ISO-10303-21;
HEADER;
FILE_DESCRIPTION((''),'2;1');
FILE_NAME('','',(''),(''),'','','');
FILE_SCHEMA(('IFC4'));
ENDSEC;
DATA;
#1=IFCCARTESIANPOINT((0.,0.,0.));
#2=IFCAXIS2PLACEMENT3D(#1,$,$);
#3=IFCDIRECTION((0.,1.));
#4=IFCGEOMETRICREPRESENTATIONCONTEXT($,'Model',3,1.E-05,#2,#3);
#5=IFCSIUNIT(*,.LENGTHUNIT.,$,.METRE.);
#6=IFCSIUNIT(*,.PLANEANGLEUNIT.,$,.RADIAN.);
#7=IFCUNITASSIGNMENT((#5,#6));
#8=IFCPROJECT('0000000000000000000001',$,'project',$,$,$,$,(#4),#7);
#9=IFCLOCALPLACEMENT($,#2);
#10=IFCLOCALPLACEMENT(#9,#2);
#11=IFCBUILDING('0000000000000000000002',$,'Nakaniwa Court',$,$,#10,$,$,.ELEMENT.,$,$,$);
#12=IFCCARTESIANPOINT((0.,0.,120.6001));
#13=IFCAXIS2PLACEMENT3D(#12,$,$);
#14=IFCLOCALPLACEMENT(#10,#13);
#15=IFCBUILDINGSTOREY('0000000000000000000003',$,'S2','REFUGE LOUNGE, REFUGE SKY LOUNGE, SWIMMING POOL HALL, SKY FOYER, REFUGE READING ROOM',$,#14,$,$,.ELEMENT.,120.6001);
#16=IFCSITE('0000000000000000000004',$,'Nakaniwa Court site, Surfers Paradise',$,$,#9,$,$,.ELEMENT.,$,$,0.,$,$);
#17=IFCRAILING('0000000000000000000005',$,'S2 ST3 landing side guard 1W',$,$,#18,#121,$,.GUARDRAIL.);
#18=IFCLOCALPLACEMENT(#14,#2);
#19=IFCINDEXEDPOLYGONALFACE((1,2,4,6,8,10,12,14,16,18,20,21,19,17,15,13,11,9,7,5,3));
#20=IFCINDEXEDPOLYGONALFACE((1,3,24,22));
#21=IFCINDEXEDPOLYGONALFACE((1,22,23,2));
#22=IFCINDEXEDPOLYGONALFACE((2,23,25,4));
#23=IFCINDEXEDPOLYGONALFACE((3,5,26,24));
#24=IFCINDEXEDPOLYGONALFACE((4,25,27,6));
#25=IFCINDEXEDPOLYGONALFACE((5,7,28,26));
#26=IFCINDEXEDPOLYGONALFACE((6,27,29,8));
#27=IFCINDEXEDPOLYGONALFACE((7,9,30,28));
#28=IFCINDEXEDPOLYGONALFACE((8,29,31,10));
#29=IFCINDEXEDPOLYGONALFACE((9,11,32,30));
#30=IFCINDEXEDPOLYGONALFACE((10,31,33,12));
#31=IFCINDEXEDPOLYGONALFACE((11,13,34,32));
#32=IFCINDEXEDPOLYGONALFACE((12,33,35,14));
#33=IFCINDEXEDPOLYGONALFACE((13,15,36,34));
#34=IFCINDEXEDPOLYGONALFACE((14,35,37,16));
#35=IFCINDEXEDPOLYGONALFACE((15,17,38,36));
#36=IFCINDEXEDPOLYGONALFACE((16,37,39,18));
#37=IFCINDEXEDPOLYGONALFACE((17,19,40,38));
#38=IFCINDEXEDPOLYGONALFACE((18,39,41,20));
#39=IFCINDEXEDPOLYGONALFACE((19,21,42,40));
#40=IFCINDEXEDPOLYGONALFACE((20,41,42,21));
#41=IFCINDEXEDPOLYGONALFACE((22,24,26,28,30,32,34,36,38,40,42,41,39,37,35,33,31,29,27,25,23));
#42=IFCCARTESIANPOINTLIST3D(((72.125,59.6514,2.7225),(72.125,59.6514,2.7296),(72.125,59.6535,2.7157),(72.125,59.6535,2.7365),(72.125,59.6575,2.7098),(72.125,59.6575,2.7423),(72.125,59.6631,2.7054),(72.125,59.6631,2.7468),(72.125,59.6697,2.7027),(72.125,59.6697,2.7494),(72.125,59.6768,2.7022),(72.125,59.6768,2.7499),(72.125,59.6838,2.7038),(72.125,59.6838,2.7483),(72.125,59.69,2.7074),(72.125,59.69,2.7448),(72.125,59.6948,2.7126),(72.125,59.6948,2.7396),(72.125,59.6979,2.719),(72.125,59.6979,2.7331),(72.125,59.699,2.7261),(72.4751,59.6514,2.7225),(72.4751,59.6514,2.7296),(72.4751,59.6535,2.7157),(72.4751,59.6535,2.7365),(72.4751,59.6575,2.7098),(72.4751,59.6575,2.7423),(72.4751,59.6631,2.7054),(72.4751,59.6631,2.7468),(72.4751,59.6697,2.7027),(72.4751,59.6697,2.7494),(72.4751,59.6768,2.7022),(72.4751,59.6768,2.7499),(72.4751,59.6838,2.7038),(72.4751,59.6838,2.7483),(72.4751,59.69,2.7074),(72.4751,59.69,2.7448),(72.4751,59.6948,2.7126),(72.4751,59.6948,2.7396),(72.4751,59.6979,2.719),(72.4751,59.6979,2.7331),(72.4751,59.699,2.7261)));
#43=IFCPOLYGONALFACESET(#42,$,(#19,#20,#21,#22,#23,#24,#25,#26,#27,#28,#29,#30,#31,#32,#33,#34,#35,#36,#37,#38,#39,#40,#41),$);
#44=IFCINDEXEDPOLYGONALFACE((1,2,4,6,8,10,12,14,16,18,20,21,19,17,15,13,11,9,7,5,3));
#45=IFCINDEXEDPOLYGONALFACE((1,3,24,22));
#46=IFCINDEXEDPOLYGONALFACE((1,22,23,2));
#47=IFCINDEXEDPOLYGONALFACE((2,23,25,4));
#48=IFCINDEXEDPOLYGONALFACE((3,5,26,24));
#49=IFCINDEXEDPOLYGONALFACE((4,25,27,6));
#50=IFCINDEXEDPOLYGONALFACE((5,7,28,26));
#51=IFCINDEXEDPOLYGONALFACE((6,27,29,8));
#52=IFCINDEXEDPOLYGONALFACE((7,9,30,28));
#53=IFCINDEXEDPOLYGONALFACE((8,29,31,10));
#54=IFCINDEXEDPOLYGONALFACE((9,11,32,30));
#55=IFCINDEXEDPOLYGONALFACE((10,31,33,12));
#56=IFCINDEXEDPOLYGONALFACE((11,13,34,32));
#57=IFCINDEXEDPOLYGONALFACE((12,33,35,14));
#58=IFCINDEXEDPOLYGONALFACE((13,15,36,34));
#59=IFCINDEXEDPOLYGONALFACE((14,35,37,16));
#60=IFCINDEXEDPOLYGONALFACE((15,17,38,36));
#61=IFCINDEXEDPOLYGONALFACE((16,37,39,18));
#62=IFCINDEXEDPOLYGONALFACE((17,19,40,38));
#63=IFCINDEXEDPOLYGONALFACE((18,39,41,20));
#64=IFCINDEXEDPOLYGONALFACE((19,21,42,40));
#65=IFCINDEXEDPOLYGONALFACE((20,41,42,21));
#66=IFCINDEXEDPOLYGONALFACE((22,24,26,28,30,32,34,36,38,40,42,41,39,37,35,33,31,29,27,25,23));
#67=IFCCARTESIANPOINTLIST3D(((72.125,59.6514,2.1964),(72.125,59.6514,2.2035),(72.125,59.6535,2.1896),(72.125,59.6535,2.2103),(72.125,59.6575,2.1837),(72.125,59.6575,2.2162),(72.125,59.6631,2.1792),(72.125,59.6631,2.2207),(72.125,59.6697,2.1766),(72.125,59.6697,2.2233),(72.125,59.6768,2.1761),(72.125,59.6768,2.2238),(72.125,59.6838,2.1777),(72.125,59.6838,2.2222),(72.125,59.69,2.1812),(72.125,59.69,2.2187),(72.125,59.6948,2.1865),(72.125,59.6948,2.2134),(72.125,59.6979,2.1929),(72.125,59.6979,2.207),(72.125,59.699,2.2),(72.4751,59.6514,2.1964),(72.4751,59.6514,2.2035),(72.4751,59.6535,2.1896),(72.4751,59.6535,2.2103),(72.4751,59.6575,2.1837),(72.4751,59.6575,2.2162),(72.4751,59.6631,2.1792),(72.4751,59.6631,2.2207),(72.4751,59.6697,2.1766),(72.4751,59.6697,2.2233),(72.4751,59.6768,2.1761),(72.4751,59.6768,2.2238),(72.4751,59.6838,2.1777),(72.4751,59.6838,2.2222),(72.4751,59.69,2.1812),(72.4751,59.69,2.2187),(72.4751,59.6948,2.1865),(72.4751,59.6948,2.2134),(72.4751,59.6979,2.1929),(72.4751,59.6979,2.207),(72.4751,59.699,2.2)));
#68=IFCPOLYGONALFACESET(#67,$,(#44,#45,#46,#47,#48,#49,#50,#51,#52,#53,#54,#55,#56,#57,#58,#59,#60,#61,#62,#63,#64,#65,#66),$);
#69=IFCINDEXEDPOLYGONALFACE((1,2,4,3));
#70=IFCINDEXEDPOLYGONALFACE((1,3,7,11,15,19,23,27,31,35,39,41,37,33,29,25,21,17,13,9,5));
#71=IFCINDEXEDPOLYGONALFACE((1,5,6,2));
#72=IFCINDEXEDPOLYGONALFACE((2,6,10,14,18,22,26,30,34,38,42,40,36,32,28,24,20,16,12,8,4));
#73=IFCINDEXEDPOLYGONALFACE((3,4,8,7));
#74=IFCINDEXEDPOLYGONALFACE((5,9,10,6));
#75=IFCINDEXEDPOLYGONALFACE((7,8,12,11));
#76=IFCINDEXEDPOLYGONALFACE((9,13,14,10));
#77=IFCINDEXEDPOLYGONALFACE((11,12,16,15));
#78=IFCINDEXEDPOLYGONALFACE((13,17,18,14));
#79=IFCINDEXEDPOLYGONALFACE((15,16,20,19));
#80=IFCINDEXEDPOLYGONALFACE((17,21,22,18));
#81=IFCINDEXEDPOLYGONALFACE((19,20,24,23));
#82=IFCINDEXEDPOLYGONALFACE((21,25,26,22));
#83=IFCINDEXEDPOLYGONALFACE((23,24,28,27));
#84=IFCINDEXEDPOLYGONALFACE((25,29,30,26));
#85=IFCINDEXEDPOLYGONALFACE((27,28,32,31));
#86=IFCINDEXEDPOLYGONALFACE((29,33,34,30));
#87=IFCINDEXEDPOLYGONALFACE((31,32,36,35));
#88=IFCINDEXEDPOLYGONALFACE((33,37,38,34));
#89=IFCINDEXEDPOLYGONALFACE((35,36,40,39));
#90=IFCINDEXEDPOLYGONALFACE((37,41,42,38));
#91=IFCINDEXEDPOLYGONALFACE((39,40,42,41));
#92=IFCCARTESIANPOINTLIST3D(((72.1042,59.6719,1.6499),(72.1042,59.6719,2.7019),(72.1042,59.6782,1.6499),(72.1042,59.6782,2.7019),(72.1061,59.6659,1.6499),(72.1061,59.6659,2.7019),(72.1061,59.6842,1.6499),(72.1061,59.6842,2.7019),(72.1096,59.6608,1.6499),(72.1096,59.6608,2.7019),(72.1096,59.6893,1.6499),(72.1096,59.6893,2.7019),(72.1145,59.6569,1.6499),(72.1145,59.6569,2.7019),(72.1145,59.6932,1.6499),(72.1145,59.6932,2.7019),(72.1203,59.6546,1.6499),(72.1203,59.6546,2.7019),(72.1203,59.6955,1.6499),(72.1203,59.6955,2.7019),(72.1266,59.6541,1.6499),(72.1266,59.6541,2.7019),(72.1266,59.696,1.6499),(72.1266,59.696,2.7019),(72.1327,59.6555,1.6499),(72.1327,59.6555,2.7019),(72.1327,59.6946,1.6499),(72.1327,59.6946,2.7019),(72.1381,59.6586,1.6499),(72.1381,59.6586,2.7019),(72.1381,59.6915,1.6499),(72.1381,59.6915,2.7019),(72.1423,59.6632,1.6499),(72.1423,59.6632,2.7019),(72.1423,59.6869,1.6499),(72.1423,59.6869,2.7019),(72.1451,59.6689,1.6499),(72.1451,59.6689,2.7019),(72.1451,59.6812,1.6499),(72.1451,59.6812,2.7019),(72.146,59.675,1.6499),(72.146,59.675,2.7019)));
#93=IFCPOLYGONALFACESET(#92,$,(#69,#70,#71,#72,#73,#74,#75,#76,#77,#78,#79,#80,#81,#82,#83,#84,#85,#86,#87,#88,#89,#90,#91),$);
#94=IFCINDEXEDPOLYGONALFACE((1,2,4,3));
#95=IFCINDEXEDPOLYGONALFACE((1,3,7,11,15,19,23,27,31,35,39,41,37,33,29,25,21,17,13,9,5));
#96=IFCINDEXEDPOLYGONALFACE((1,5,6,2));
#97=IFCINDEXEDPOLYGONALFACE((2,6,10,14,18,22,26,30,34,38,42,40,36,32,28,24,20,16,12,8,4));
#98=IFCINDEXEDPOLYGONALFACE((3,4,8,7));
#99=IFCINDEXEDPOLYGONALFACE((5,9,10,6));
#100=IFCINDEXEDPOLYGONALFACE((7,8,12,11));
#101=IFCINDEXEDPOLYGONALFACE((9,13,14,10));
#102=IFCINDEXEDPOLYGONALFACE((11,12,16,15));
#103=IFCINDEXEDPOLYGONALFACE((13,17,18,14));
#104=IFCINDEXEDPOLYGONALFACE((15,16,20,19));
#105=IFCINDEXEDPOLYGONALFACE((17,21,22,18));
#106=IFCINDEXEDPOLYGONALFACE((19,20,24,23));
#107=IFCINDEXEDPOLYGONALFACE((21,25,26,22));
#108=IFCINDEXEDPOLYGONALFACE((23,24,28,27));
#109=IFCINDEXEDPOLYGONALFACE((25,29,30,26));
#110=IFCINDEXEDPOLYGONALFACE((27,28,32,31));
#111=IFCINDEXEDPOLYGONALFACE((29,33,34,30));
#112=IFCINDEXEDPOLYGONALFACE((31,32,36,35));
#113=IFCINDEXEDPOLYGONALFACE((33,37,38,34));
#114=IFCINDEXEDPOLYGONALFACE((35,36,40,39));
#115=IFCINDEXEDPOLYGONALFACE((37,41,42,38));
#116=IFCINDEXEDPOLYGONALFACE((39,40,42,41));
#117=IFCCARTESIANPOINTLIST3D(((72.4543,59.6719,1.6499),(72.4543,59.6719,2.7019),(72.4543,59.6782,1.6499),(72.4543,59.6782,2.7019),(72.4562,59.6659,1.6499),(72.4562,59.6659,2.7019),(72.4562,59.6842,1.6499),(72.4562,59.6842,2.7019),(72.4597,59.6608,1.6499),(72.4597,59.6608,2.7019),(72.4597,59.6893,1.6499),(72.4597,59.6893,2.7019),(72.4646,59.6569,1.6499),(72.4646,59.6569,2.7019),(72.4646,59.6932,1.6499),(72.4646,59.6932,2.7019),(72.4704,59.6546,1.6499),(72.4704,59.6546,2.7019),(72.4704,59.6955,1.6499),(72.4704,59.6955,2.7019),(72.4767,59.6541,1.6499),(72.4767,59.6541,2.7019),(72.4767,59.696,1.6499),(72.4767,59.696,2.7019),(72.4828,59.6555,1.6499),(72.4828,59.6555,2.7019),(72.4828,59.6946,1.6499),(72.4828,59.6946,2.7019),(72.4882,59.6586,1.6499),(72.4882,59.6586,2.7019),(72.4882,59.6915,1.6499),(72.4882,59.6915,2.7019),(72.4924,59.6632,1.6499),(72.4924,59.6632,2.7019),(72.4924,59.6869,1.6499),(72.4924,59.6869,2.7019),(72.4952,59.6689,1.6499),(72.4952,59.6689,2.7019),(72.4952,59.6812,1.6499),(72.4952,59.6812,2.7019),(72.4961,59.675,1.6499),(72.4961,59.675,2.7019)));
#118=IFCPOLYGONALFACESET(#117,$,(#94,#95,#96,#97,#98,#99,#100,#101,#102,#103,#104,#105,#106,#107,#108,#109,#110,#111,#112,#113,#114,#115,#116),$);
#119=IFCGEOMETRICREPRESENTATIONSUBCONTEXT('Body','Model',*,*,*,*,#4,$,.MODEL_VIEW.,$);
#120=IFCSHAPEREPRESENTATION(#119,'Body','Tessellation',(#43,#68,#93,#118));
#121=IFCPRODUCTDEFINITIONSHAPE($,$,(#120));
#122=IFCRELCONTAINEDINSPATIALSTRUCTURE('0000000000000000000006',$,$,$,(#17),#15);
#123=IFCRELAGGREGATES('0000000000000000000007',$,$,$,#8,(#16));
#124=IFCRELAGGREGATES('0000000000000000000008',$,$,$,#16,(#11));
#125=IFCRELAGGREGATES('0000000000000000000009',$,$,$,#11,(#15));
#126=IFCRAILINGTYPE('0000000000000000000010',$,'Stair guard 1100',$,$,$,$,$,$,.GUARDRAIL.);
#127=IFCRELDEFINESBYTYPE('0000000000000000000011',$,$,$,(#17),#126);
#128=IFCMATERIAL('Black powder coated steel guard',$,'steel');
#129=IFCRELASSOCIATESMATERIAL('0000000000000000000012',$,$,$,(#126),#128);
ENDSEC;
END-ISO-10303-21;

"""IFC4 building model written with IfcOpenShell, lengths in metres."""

from ifc_helpers import new_model, si_unit, direction, frame, origin, origin_2d, place, context, subcontext, project, spatial, circle, extrude, material, type_object, element, save


model = new_model("IFC4")

# Units and contexts
model_context = context("Model", 3, precision=1e-05, world=origin(), true_north=direction((0.0, 1.0)))
body_context = subcontext(model_context, "Body", "Model", "MODEL_VIEW")
ifc_project = project(units=[si_unit("LENGTHUNIT", "METRE"), si_unit("PLANEANGLEUNIT", "RADIAN")], contexts=[model_context])

# Site, building, storey
site_placement = place(None, origin())
site = spatial("IfcSite", under=ifc_project, at=site_placement, Name="Nakaniwa Court site, Surfers Paradise", CompositionType="ELEMENT", RefElevation=0.0)
building_placement = place(site_placement, origin())
building = spatial("IfcBuilding", under=site, at=building_placement, Name="Nakaniwa Court", CompositionType="ELEMENT")
storey_placement = place(building_placement, frame((0.0, 0.0, 120.6001)))
storey = spatial("IfcBuildingStorey", under=building, at=storey_placement, Name="S2", Description="REFUGE LOUNGE, REFUGE SKY LOUNGE, SWIMMING POOL HALL, SKY FOYER, REFUGE READING ROOM", CompositionType="ELEMENT", Elevation=120.6001)

# Railing
ifc_material_1 = material(Name="Black powder coated steel guard", Category="steel")
railing_type_1 = type_object("IfcRailingType", Name="Stair guard 1100", PredefinedType="GUARDRAIL", material=ifc_material_1)
for number, where, name in (
    (1, (72.125, 59.675, 1.6499), "S2 ST3 landing side guard 1W"),
):
    element("IfcRailing", number, at=place(storey_placement, frame(where)), inside=storey, type_object=railing_type_1, Name=name, PredefinedType="GUARDRAIL", context=body_context, shape_type="SweptSolid", body=[
        extrude(circle(Radius=0.0239, at=origin_2d()), frame((0.0, 0.0, 1.0762), z_axis=(1.0, 0.0, 0.0), x_axis=(0.0, 1.0, 0.0)), (0.0, 0.0, 1.0), 0.3501),
        extrude(circle(Radius=0.0239, at=origin_2d()), frame((0.0, 0.0, 0.55), z_axis=(1.0, 0.0, 0.0), x_axis=(0.0, 1.0, 0.0)), (0.0, 0.0, 1.0), 0.3501),
        extrude(circle(Radius=0.021, at=origin_2d()), origin(), (0.0, 0.0, 1.0), 1.052),
        extrude(circle(Radius=0.021, at=origin_2d()), frame((0.3501, 0.0, 0.0)), (0.0, 0.0, 1.0), 1.052),
    ])

save(model, "model.ifc")
